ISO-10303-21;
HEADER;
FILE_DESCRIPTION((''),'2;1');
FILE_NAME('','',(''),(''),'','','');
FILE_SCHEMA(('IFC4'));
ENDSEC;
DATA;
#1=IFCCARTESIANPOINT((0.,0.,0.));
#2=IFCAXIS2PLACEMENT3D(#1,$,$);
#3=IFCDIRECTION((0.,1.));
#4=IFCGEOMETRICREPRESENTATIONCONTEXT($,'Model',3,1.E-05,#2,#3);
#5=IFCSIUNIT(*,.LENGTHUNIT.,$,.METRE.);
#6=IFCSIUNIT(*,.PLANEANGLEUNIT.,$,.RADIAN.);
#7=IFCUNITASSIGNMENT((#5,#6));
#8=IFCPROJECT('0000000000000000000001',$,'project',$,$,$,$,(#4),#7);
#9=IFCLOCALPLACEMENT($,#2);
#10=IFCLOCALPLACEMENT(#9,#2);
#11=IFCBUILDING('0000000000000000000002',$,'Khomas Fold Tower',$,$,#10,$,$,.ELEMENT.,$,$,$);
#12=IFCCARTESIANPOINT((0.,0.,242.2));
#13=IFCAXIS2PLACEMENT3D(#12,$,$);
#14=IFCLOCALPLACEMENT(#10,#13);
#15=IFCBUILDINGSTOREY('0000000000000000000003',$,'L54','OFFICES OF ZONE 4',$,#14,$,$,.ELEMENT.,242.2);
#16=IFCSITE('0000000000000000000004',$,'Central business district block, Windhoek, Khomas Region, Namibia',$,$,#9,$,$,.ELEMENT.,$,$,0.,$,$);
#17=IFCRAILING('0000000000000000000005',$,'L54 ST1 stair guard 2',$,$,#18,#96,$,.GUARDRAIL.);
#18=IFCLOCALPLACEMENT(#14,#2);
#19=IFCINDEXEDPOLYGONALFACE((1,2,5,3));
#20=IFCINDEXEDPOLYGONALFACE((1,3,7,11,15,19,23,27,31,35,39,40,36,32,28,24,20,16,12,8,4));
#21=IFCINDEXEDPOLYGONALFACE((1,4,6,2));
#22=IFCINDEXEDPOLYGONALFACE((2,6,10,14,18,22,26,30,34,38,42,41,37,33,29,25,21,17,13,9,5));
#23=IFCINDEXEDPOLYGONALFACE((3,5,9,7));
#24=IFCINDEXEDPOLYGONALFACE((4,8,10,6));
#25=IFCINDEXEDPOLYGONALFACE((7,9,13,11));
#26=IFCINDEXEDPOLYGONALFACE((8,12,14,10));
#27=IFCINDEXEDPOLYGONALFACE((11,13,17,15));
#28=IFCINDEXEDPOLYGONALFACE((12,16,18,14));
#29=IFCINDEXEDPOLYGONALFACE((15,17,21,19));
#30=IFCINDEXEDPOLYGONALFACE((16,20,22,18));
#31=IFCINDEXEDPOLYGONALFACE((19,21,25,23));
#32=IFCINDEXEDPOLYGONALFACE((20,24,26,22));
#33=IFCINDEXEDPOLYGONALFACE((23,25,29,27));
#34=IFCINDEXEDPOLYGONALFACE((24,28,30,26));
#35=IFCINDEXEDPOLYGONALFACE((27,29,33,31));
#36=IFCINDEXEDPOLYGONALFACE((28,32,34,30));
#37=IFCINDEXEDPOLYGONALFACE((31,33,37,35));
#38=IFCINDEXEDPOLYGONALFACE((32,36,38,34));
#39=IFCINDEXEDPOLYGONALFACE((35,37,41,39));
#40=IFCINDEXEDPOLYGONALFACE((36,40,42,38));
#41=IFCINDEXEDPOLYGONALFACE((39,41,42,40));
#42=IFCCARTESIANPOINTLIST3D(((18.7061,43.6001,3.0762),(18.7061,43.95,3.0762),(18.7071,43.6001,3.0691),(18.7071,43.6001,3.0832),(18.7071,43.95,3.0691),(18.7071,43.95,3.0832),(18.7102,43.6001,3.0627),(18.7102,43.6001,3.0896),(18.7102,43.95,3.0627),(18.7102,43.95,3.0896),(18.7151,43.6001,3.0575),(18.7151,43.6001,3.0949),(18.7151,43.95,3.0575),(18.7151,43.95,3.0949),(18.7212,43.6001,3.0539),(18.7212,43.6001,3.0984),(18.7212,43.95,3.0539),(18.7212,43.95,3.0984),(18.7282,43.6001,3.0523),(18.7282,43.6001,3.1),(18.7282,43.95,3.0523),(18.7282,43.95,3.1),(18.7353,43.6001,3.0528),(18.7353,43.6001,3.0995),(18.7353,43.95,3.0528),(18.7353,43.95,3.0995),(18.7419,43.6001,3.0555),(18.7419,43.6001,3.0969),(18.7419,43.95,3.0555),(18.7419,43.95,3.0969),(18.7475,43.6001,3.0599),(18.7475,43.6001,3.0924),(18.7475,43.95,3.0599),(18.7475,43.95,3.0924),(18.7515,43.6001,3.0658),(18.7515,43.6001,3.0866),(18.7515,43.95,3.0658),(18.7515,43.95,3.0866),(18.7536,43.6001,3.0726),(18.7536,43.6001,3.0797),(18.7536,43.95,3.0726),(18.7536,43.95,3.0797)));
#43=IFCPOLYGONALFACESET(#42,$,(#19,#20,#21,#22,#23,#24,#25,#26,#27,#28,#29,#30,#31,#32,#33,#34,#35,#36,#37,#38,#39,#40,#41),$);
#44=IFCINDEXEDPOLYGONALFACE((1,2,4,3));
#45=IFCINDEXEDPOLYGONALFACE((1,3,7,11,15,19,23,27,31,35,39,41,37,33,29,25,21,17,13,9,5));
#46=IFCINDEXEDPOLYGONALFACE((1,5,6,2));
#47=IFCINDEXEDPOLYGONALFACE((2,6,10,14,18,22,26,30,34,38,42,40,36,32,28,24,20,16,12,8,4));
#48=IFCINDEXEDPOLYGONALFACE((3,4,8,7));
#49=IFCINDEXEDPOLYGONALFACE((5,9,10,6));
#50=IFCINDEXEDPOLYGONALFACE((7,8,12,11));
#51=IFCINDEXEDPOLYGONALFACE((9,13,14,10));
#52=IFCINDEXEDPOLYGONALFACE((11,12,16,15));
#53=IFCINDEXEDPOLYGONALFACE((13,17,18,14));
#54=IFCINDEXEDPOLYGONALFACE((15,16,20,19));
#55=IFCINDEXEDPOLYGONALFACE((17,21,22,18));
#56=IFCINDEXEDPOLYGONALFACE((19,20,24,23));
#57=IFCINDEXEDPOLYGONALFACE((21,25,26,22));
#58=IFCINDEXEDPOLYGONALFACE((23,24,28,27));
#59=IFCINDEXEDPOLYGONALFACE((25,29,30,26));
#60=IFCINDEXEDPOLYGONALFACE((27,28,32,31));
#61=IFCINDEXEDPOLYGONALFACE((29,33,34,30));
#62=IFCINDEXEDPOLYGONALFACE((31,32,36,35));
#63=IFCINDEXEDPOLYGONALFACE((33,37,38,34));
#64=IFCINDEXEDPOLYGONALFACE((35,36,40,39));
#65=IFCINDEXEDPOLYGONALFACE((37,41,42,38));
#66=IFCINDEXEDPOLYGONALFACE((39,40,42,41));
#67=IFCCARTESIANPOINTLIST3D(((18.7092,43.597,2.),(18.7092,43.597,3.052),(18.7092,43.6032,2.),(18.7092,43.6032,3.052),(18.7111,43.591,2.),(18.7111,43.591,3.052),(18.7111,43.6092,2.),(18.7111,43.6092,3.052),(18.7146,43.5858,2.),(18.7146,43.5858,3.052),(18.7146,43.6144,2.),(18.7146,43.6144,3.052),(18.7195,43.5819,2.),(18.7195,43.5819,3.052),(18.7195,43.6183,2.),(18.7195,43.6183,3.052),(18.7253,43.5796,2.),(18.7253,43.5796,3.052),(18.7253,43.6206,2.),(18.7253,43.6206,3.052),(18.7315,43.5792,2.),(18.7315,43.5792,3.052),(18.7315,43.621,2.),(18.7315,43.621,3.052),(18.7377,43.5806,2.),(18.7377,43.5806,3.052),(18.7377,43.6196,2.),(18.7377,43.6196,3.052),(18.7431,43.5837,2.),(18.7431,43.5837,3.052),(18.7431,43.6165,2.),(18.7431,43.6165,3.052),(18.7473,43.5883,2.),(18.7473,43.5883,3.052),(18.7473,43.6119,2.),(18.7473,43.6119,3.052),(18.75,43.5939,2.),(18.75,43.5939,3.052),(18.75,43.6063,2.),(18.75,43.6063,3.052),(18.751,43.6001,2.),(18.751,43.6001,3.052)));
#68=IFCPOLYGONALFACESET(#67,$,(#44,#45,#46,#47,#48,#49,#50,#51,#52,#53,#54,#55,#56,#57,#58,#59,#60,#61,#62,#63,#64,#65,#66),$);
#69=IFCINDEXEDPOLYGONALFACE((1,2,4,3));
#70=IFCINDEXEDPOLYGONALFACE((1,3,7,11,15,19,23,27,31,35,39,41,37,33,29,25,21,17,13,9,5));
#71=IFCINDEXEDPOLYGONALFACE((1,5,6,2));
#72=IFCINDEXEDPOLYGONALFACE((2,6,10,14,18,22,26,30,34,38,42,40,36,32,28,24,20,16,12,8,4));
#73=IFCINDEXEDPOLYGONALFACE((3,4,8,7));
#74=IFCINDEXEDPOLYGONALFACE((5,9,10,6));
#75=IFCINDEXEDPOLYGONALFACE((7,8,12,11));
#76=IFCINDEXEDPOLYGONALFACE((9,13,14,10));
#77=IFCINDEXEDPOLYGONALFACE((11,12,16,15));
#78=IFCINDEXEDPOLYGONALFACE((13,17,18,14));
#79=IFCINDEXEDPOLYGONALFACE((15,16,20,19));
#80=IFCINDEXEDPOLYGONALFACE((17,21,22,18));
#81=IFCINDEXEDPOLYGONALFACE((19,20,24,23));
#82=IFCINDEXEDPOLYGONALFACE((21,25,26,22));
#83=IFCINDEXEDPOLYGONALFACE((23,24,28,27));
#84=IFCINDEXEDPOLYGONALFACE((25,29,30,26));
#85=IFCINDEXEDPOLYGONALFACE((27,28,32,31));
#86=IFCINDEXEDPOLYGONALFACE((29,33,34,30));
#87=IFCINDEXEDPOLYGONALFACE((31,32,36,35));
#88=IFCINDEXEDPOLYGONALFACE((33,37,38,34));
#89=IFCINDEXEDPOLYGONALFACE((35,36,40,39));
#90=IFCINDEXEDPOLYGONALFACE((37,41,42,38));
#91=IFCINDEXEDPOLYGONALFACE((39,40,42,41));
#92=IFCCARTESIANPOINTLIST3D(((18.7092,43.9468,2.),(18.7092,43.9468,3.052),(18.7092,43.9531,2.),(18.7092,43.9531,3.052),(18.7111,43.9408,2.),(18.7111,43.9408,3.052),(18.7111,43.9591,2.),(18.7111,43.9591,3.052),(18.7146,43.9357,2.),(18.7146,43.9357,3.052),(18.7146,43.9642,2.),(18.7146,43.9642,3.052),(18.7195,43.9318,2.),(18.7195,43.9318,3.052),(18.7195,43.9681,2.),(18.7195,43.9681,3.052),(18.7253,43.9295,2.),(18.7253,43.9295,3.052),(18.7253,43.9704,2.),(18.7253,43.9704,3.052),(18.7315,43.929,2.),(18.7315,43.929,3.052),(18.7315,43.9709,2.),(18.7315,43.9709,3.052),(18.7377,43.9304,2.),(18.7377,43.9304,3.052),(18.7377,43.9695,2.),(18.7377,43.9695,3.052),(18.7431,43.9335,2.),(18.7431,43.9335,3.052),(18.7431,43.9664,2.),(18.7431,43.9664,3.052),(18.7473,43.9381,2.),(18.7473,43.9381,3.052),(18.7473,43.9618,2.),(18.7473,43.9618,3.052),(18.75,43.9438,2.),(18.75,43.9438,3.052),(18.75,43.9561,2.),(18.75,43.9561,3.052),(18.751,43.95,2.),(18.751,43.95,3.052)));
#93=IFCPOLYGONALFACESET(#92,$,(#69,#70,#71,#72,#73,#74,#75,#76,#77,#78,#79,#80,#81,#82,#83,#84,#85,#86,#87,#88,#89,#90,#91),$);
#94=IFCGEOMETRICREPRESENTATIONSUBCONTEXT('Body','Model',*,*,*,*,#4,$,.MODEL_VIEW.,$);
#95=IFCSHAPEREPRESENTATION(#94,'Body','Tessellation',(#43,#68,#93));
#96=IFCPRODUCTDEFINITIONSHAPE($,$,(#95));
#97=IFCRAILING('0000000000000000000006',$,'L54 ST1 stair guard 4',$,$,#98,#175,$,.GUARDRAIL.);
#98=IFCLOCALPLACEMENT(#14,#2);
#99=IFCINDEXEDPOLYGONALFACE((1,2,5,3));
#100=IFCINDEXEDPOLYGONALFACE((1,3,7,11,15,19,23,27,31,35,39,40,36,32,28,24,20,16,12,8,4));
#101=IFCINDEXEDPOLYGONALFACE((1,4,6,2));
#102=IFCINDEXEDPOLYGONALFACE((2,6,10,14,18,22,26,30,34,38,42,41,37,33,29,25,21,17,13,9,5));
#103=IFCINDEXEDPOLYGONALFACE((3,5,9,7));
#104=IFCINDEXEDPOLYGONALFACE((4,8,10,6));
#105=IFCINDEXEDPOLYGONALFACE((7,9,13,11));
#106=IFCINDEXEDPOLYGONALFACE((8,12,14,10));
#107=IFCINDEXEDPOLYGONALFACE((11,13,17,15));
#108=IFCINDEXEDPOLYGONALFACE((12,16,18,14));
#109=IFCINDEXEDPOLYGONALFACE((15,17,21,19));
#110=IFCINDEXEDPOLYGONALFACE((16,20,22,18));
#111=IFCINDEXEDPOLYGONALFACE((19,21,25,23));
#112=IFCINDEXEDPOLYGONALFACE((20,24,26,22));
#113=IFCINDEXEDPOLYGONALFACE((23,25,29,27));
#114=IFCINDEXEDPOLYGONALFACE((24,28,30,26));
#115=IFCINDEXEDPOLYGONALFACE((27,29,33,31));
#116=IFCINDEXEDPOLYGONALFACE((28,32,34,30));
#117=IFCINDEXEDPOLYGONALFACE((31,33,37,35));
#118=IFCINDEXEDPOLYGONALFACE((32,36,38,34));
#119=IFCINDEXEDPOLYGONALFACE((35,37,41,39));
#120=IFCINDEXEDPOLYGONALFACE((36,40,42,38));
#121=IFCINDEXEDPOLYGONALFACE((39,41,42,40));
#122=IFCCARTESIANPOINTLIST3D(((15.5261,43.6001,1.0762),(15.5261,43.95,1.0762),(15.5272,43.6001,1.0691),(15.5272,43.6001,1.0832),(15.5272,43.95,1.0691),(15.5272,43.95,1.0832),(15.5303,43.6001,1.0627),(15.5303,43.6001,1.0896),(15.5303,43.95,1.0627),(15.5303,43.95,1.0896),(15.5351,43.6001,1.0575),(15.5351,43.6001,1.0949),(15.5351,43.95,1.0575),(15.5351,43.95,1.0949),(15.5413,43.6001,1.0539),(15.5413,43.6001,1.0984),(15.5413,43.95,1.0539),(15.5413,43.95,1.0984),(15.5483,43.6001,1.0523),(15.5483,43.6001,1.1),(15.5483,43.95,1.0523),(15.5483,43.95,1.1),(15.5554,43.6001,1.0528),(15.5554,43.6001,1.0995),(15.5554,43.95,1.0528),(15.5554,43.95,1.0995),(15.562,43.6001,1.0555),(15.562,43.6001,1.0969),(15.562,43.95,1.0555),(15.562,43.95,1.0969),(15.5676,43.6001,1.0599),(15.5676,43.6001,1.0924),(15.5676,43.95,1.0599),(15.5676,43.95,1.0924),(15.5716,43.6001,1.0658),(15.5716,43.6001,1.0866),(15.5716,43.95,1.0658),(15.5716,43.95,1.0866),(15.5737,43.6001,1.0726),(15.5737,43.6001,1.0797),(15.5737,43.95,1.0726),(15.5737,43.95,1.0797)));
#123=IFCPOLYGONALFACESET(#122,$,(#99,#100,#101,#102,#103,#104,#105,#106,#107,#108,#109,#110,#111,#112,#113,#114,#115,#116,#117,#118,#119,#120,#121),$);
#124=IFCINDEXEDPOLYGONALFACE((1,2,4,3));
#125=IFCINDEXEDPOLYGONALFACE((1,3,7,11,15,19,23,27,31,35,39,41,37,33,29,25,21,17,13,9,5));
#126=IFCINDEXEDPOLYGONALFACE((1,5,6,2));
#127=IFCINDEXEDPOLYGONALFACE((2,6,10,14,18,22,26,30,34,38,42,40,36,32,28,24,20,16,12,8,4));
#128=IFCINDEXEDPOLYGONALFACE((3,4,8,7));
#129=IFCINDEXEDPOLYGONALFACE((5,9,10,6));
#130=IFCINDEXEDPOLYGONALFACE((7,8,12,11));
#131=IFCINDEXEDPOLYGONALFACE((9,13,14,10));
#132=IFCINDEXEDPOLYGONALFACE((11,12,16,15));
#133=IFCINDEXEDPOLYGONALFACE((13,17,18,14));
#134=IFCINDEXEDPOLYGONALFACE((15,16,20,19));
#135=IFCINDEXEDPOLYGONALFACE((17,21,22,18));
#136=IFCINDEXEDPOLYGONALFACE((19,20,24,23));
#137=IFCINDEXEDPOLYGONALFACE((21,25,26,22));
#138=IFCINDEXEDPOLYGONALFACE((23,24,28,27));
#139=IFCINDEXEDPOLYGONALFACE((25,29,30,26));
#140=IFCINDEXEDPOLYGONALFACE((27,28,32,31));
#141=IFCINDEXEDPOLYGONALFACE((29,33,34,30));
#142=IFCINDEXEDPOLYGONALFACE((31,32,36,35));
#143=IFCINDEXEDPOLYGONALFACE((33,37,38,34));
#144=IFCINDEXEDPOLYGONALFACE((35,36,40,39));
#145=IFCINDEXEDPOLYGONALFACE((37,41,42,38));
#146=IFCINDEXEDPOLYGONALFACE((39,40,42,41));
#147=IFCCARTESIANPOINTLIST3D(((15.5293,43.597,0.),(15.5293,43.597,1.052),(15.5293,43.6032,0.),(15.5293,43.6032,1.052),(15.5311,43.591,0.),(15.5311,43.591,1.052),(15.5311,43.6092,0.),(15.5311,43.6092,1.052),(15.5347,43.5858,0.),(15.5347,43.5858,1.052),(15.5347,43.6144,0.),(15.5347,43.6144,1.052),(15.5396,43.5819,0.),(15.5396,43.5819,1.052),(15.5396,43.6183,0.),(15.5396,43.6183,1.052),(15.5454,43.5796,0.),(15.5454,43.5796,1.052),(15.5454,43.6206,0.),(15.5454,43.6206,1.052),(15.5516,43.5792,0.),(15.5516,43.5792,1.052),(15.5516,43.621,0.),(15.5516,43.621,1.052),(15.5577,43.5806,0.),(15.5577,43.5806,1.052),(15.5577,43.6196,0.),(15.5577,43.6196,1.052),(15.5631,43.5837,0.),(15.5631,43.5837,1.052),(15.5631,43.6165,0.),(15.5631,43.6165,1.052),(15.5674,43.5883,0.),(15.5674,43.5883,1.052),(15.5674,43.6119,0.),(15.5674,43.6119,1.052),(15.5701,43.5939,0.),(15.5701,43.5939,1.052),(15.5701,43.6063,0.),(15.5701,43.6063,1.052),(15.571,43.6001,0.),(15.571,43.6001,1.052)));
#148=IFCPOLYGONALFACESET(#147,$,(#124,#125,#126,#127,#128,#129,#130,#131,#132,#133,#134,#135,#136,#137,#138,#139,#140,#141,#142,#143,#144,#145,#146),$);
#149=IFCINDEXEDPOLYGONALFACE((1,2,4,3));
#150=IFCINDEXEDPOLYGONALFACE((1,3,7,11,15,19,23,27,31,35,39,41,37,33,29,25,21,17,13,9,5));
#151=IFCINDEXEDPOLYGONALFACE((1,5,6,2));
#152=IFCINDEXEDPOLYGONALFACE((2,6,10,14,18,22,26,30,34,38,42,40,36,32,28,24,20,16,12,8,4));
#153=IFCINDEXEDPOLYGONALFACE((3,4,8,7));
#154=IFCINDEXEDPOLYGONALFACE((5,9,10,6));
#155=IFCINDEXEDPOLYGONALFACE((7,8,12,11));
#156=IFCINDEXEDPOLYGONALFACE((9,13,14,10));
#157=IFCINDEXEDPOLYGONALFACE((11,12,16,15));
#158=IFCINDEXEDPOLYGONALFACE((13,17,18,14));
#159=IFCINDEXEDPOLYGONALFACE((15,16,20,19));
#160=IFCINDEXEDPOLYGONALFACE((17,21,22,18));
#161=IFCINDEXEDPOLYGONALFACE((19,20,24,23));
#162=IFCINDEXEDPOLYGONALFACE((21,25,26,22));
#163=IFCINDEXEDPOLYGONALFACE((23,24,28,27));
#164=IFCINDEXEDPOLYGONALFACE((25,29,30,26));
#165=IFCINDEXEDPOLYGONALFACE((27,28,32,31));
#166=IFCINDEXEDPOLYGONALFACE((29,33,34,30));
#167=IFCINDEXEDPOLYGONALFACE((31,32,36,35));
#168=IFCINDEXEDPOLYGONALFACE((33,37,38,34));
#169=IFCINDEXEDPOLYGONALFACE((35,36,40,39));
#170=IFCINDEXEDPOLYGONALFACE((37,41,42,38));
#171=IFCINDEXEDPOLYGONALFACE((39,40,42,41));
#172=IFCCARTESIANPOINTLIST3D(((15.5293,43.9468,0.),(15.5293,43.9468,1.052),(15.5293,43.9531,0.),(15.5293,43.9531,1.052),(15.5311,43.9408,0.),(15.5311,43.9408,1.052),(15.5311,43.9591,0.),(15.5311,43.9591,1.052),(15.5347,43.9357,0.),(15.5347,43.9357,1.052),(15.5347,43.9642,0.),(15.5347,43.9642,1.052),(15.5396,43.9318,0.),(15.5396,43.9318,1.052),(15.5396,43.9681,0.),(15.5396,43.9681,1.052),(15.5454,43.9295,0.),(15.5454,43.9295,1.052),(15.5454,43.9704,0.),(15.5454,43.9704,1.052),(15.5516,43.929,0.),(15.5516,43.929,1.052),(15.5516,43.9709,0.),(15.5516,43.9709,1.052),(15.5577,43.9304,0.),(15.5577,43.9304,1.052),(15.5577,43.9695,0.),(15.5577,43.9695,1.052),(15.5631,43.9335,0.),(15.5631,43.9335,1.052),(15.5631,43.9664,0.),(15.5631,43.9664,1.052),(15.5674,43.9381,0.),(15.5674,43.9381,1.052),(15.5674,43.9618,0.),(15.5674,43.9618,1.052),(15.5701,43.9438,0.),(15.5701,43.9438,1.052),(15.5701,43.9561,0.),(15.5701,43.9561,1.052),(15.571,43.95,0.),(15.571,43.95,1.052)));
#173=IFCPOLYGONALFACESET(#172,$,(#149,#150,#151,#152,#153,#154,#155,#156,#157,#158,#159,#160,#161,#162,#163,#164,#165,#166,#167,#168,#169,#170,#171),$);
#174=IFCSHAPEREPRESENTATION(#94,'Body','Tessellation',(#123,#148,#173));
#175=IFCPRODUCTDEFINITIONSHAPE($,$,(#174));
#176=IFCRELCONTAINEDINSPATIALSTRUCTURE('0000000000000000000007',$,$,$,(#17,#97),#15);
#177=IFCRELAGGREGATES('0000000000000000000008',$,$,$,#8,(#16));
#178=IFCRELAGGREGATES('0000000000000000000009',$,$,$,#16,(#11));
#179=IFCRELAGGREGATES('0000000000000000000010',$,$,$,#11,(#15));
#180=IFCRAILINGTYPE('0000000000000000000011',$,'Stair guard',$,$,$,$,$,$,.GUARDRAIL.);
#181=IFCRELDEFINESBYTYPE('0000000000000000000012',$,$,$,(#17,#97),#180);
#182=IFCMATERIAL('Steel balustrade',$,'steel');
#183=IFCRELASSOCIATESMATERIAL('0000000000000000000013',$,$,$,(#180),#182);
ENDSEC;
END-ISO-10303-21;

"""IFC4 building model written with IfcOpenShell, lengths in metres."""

from ifc_helpers import new_model, si_unit, direction, frame, origin, origin_2d, place, context, subcontext, project, spatial, circle, extrude, source, transform, mapped, material, type_object, element, save


model = new_model("IFC4")

# Units and contexts
model_context = context("Model", 3, precision=1e-05, world=origin(), true_north=direction((0.0, 1.0)))
body_context = subcontext(model_context, "Body", "Model", "MODEL_VIEW")
ifc_project = project(units=[si_unit("LENGTHUNIT", "METRE"), si_unit("PLANEANGLEUNIT", "RADIAN")], contexts=[model_context])

# Site, building, storey
site_placement = place(None, origin())
site = spatial("IfcSite", under=ifc_project, at=site_placement, Name="Central business district block, Windhoek, Khomas Region, Namibia", CompositionType="ELEMENT", RefElevation=0.0)
building_placement = place(site_placement, origin())
building = spatial("IfcBuilding", under=site, at=building_placement, Name="Khomas Fold Tower", CompositionType="ELEMENT")
storey_placement = place(building_placement, frame((0.0, 0.0, 242.2)))
storey = spatial("IfcBuildingStorey", under=building, at=storey_placement, Name="L54", Description="OFFICES OF ZONE 4", CompositionType="ELEMENT", Elevation=242.2)

# Railings
ifc_material_1 = material(Name="Steel balustrade", Category="steel")
railing_type_1 = type_object("IfcRailingType", Name="Stair guard", PredefinedType="GUARDRAIL", material=ifc_material_1)
shared_shape_1 = source(origin(), body_context, "Body", "SweptSolid", [
    extrude(circle(Radius=0.0239, at=origin_2d()), frame((0.0, 0.0, 1.0762), z_axis=(0.0, 1.0, 0.0), x_axis=(-1.0, 0.0, 0.0)), (0.0, 0.0, 1.0), 0.3499),
    extrude(circle(Radius=0.021, at=origin_2d()), origin(), (0.0, 0.0, 1.0), 1.052),
    extrude(circle(Radius=0.021, at=origin_2d()), frame((0.0, 0.3499, 0.0)), (0.0, 0.0, 1.0), 1.052),
])
for number, where, name in (
    (1, (18.73, 43.6001, 2.0), "L54 ST1 stair guard 2"),
    (2, (15.55, 43.6001, 0.0), "L54 ST1 stair guard 4"),
):
    element("IfcRailing", number, at=place(storey_placement, frame(where)), inside=storey, type_object=railing_type_1, Name=name, PredefinedType="GUARDRAIL", context=body_context, shape_type="MappedRepresentation", body=[
        mapped(shared_shape_1, transform((0.0, 0.0, 0.0))),
    ])

save(model, "model.ifc")
